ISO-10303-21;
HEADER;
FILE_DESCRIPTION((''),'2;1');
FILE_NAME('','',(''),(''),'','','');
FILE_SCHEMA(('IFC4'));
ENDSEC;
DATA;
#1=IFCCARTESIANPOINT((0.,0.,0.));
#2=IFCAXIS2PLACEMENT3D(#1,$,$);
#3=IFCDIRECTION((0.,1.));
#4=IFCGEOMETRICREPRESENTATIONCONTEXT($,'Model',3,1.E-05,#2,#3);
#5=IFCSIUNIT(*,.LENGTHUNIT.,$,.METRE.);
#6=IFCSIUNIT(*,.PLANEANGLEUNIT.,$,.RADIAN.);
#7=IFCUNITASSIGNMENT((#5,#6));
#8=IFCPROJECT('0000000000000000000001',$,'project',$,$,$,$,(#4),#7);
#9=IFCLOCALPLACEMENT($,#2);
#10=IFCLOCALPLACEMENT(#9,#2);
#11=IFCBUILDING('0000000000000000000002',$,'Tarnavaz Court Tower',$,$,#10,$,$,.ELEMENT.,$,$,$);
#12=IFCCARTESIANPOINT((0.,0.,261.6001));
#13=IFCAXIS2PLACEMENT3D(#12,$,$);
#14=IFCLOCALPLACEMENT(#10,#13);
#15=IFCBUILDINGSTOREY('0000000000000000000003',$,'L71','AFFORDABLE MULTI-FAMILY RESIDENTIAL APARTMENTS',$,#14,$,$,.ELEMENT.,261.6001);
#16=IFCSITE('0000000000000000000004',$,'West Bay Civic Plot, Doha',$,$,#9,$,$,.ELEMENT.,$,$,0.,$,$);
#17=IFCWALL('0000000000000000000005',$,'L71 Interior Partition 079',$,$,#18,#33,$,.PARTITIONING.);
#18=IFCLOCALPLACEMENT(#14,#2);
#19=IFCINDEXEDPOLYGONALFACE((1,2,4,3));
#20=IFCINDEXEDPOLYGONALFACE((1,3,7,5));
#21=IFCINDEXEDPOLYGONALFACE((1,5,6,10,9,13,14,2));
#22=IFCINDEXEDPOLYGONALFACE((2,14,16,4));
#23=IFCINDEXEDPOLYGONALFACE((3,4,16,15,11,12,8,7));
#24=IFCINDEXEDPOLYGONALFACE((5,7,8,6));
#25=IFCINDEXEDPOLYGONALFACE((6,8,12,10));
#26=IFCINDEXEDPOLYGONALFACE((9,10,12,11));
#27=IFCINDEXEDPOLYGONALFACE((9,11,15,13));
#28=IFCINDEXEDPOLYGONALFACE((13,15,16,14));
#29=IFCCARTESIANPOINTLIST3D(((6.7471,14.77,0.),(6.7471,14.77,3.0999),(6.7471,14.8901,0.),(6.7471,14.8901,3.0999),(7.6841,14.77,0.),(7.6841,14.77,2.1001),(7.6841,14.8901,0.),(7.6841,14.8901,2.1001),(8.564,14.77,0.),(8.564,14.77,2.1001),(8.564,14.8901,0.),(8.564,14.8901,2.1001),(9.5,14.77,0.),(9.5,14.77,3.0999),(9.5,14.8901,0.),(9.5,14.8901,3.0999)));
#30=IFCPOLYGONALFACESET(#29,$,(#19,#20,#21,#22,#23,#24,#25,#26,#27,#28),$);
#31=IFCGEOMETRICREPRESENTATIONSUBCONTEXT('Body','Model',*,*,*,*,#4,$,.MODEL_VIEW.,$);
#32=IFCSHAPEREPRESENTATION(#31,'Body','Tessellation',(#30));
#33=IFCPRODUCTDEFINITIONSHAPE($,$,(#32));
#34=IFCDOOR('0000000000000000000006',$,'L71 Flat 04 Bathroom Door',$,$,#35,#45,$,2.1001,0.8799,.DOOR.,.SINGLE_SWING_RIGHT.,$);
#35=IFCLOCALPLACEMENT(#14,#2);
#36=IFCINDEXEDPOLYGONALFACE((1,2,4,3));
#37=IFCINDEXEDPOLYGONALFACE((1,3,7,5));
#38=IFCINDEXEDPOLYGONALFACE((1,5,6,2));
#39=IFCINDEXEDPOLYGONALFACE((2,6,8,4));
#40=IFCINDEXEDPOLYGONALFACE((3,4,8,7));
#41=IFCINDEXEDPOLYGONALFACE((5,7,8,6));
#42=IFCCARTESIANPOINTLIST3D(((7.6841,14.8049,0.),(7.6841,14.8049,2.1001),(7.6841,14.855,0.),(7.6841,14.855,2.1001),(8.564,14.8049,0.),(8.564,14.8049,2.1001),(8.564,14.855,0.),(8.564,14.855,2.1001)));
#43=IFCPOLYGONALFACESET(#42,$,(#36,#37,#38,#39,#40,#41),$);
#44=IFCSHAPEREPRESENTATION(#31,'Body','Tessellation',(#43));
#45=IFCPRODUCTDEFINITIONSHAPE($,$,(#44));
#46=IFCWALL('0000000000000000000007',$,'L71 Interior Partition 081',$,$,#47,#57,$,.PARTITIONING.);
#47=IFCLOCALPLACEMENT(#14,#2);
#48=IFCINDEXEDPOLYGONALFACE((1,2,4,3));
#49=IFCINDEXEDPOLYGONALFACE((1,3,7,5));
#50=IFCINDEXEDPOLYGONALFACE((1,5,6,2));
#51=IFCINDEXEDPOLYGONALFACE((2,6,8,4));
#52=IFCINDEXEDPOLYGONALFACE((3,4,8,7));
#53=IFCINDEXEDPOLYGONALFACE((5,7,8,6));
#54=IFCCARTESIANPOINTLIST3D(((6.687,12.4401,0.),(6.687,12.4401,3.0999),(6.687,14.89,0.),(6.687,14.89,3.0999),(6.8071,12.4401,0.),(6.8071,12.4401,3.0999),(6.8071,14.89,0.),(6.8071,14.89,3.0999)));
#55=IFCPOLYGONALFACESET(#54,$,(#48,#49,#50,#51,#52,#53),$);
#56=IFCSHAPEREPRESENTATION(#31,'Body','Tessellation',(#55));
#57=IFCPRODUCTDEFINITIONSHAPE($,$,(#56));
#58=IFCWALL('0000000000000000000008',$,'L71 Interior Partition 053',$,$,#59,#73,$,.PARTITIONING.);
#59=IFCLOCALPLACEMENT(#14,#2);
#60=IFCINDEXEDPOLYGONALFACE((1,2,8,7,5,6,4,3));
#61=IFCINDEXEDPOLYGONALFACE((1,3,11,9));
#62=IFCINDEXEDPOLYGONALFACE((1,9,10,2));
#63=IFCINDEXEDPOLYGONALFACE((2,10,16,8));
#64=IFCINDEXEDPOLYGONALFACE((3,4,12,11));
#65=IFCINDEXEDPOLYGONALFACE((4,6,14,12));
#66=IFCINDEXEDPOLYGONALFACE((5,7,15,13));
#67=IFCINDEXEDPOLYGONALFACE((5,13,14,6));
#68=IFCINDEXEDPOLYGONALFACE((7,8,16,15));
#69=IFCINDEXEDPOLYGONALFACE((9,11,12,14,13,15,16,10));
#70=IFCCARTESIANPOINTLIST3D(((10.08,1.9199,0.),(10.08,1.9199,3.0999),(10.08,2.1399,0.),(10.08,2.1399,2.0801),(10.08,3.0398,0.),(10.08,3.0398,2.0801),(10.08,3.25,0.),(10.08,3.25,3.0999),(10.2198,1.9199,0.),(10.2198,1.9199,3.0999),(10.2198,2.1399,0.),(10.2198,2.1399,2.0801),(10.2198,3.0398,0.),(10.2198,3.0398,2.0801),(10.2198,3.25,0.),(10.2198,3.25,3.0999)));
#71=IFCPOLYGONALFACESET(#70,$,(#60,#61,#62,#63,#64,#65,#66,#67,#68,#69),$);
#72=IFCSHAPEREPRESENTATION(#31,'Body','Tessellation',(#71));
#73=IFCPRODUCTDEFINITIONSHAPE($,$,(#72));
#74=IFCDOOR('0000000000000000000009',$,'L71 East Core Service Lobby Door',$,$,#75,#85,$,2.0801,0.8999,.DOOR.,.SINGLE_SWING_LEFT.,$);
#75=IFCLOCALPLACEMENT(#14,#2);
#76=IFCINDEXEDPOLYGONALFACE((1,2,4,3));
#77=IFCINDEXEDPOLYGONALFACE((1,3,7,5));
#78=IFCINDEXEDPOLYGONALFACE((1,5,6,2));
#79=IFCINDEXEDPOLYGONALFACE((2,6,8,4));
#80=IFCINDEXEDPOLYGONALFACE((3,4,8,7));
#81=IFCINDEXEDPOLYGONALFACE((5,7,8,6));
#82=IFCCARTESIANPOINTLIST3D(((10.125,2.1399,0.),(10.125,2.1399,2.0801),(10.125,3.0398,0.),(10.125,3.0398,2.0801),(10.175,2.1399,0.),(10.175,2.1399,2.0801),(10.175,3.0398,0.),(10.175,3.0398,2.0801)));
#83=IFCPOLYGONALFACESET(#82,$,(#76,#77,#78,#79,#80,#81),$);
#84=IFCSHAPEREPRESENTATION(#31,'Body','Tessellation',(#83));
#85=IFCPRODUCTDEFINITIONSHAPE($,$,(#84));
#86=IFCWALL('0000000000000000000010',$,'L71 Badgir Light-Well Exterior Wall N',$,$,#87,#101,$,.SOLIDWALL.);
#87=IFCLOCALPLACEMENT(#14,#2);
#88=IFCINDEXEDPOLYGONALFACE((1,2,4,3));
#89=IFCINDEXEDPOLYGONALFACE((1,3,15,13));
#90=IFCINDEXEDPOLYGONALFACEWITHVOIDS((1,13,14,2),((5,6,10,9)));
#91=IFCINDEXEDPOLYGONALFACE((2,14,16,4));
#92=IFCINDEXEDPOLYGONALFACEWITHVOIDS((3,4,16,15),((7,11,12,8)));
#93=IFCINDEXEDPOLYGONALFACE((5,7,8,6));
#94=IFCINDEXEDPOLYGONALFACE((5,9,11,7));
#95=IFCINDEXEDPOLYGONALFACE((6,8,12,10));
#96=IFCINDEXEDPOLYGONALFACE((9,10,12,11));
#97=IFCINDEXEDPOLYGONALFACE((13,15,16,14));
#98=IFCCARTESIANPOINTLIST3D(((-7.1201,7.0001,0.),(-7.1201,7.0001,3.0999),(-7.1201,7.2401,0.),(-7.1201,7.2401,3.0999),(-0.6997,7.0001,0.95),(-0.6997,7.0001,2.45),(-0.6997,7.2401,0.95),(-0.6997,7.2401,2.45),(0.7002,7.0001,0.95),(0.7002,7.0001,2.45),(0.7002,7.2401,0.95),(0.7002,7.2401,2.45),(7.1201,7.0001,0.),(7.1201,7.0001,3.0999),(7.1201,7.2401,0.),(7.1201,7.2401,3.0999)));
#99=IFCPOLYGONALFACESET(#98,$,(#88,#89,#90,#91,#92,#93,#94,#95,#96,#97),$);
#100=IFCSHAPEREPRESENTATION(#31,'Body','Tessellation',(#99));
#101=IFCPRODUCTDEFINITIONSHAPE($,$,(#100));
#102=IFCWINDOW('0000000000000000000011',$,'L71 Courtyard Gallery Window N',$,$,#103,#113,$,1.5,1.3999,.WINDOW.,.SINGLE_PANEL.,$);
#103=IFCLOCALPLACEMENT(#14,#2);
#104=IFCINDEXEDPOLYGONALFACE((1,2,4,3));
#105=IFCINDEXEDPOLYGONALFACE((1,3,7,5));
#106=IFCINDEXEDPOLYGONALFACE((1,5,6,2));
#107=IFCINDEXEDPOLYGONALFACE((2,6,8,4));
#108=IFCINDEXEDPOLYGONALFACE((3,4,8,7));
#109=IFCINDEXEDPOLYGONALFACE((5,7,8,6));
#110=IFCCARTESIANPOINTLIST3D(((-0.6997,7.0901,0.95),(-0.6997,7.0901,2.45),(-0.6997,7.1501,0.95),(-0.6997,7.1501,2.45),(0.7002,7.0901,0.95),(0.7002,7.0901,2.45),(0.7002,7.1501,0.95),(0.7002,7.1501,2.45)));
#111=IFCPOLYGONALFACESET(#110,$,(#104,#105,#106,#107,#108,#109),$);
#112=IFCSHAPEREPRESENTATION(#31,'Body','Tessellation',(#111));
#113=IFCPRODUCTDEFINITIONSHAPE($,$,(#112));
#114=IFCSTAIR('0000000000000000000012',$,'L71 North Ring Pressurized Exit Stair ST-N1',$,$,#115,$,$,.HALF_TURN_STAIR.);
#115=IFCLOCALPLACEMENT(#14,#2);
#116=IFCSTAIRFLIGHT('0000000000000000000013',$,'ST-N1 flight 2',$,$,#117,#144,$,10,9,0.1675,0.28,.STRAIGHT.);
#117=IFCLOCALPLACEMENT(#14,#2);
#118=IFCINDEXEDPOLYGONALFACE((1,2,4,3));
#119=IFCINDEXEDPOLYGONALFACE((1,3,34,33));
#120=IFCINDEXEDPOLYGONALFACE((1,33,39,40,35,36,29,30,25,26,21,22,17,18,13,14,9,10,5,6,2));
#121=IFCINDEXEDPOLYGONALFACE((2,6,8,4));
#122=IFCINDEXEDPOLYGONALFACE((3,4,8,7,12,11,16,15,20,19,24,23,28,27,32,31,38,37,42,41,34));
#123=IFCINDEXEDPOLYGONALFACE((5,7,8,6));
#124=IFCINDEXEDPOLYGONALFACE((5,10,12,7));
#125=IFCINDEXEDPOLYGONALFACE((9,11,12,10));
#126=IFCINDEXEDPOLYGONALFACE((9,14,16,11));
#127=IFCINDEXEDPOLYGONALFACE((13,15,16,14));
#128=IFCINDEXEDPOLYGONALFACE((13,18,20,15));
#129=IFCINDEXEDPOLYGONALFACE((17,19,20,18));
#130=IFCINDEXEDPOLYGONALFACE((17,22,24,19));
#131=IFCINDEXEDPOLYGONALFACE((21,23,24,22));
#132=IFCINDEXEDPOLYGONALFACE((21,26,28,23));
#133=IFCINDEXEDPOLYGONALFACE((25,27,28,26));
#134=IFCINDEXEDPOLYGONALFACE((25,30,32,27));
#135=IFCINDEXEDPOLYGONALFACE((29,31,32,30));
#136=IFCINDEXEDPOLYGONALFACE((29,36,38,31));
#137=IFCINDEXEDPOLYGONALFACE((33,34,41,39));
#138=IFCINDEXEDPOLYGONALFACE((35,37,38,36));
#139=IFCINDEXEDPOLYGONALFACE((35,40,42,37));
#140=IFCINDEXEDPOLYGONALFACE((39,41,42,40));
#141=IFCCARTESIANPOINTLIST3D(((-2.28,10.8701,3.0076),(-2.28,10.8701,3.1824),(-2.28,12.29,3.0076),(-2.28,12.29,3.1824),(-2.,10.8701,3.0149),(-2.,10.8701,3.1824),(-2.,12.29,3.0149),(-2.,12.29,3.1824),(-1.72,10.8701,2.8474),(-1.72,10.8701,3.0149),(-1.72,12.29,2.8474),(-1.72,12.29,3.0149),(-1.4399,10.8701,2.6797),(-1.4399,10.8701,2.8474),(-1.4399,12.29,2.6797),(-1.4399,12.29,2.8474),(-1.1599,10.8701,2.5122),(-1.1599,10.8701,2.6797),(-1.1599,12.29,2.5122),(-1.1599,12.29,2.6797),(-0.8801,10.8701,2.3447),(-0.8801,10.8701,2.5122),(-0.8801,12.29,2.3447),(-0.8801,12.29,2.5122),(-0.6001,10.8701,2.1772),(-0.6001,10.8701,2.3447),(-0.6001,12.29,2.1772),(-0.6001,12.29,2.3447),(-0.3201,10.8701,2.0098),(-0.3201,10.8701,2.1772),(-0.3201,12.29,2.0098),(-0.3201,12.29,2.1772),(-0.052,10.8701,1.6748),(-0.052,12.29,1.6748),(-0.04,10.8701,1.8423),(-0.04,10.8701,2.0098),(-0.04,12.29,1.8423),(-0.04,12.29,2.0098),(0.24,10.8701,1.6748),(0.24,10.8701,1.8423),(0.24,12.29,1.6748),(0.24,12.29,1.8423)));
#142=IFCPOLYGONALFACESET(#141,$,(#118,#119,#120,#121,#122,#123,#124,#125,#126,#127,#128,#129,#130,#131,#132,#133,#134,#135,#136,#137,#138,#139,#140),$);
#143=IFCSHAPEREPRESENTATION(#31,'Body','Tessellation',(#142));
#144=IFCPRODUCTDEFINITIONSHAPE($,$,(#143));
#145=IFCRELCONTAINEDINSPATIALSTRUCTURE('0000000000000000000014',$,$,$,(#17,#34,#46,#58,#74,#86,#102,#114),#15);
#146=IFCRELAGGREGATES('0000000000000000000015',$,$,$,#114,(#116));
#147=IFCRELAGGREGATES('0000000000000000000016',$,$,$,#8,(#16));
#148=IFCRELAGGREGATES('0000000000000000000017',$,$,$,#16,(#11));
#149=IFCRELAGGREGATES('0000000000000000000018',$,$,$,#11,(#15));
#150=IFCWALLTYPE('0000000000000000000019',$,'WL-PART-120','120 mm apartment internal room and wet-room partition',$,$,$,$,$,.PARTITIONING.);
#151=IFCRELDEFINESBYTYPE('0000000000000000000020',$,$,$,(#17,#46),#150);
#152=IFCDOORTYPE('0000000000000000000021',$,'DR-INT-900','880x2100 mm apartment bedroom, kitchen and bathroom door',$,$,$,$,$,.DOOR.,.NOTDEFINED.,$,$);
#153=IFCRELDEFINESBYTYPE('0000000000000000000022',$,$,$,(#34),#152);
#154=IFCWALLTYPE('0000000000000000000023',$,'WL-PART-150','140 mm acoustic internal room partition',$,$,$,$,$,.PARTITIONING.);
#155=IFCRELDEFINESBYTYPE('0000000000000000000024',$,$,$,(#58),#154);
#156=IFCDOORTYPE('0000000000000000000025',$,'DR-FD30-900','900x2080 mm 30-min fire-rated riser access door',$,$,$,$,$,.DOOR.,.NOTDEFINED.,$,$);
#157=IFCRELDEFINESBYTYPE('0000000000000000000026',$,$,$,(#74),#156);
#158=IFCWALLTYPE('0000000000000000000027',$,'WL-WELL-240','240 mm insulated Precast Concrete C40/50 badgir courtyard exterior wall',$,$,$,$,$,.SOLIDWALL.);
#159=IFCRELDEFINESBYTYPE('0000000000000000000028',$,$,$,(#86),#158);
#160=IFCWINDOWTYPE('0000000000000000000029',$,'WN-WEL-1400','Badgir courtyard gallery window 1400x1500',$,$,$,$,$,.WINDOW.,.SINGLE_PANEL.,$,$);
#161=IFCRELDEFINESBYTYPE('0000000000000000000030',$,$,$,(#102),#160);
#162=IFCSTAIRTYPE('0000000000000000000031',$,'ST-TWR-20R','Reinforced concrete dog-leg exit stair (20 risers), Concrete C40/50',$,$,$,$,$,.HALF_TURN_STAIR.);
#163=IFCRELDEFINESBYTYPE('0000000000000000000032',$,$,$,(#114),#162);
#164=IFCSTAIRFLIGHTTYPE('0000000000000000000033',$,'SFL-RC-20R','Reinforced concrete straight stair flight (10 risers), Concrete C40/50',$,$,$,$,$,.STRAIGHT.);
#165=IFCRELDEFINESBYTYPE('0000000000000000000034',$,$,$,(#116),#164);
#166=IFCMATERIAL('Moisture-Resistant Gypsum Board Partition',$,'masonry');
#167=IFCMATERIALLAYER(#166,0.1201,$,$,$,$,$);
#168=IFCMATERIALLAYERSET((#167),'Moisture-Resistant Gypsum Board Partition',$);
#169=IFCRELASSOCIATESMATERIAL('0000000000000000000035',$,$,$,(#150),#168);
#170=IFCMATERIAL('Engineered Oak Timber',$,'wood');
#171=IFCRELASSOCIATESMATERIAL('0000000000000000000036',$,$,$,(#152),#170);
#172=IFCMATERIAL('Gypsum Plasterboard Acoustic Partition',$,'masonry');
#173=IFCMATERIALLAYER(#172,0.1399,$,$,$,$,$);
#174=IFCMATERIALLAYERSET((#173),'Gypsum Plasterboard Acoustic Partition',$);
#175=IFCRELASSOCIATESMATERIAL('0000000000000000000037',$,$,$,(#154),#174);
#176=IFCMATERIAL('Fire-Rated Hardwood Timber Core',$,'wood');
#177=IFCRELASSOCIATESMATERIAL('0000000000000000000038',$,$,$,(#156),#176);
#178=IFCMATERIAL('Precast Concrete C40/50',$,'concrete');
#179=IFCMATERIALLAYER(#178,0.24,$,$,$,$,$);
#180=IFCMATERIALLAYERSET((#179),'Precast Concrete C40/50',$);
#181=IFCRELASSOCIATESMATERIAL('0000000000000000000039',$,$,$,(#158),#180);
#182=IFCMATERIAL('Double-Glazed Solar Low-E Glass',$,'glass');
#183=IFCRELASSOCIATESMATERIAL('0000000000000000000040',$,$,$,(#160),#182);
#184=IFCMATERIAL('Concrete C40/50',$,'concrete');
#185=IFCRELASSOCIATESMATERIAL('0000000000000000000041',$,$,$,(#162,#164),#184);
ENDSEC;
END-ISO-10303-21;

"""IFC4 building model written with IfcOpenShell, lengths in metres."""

from ifc_helpers import new_model, si_unit, direction, frame, frame_2d, origin, place, context, subcontext, project, spatial, polyline, rectangle, outline, extrude, material, layer, layer_set, type_object, element, fill, aggregate, save


model = new_model("IFC4")

# Units and contexts
model_context = context("Model", 3, precision=1e-05, world=origin(), true_north=direction((0.0, 1.0)))
body_context = subcontext(model_context, "Body", "Model", "MODEL_VIEW")
ifc_project = project(units=[si_unit("LENGTHUNIT", "METRE"), si_unit("PLANEANGLEUNIT", "RADIAN")], contexts=[model_context])

# Site, building, storey
site_placement = place(None, origin())
site = spatial("IfcSite", under=ifc_project, at=site_placement, Name="West Bay Civic Plot, Doha", CompositionType="ELEMENT", RefElevation=0.0)
building_placement = place(site_placement, origin())
building = spatial("IfcBuilding", under=site, at=building_placement, Name="Tarnavaz Court Tower", CompositionType="ELEMENT")
storey_placement = place(building_placement, frame((0.0, 0.0, 261.6001)))
storey = spatial("IfcBuildingStorey", under=building, at=storey_placement, Name="L71", Description="AFFORDABLE MULTI-FAMILY RESIDENTIAL APARTMENTS", CompositionType="ELEMENT", Elevation=261.6001)

# Shared definitions
ifc_material_1 = material(Name="Fire-Rated Hardwood Timber Core", Category="wood")

# Wall, opening, door
ifc_material_2 = material(Name="Moisture-Resistant Gypsum Board Partition", Category="masonry")
ifc_layer_1 = layer(ifc_material_2, 0.1201)
ifc_layer_set_1 = layer_set([ifc_layer_1], Name="Moisture-Resistant Gypsum Board Partition")
wall_type_1 = type_object("IfcWallType", Name="WL-PART-120", Description="120 mm apartment internal room and wet-room partition", PredefinedType="PARTITIONING", material=ifc_layer_set_1)
ifc_material_3 = material(Name="Engineered Oak Timber", Category="wood")
door_type_1 = type_object("IfcDoorType", Name="DR-INT-900", Description="880x2100 mm apartment bedroom, kitchen and bathroom door", OperationType="NOTDEFINED", PredefinedType="DOOR", material=ifc_material_3)
wall_1_placement = place(storey_placement, frame((6.7471, 14.8301, 0.0), z_axis=(0.0, 0.0, 1.0), x_axis=(1.0, 0.0, 0.0)))
wall_1 = element("IfcWall", 1, at=wall_1_placement, inside=storey, type_object=wall_type_1, Name="L71 Interior Partition 079", PredefinedType="PARTITIONING", context=body_context, shape_type="SweptSolid", body=[
    extrude(rectangle(XDim=2.7529, YDim=0.1201, at=frame_2d((1.3765, 0.0))), origin(), (0.0, 0.0, 1.0), 3.0999),
])
opening_1_placement = place(wall_1_placement, frame((0.937, 0.0, 0.0)))
opening_1 = element("IfcOpeningElement", 2, at=opening_1_placement, cuts=wall_1, PredefinedType="OPENING", context=body_context, shape_type="SweptSolid", body=[
    extrude(rectangle(XDim=0.8799, YDim=2.1001, at=frame_2d((0.4399, 1.05))), frame((0.0, 0.0701, 0.0), z_axis=(0.0, -1.0, 0.0), x_axis=(1.0, 0.0, 0.0)), (0.0, 0.0, 1.0), 0.1401),
])
door_1_placement = place(opening_1_placement, origin())
door_1 = element("IfcDoor", 3, at=door_1_placement, inside=storey, type_object=door_type_1, Name="L71 Flat 04 Bathroom Door", OperationType="SINGLE_SWING_RIGHT", OverallHeight=2.1001, OverallWidth=0.8799, PredefinedType="DOOR", context=body_context, shape_type="SweptSolid", body=[
    extrude(rectangle(XDim=0.8799, YDim=2.1001, at=frame_2d((0.4399, 1.05))), frame((0.0, 0.0249, 0.0), z_axis=(0.0, -1.0, 0.0), x_axis=(1.0, 0.0, 0.0)), (0.0, 0.0, 1.0), 0.05),
])
fill(opening_1, door_1)

# Wall
wall_2_placement = place(storey_placement, frame((6.7471, 12.4399, 0.0), z_axis=(0.0, 0.0, 1.0), x_axis=(0.0, 1.0, 0.0)))
element("IfcWall", 4, at=wall_2_placement, inside=storey, type_object=wall_type_1, Name="L71 Interior Partition 081", PredefinedType="PARTITIONING", context=body_context, shape_type="SweptSolid", body=[
    extrude(rectangle(XDim=2.45, YDim=0.1201, at=frame_2d((1.2251, 0.0))), origin(), (0.0, 0.0, 1.0), 3.0999),
])

# Wall, opening, door
ifc_material_4 = material(Name="Gypsum Plasterboard Acoustic Partition", Category="masonry")
ifc_layer_2 = layer(ifc_material_4, 0.1399)
ifc_layer_set_2 = layer_set([ifc_layer_2], Name="Gypsum Plasterboard Acoustic Partition")
wall_type_2 = type_object("IfcWallType", Name="WL-PART-150", Description="140 mm acoustic internal room partition", PredefinedType="PARTITIONING", material=ifc_layer_set_2)
wall_3_placement = place(storey_placement, frame((10.1499, 1.9199, 0.0), z_axis=(0.0, 0.0, 1.0), x_axis=(0.0, 1.0, 0.0)))
wall_3 = element("IfcWall", 5, at=wall_3_placement, inside=storey, type_object=wall_type_2, Name="L71 Interior Partition 053", PredefinedType="PARTITIONING", context=body_context, shape_type="SweptSolid", body=[
    extrude(rectangle(XDim=1.3301, YDim=0.1399, at=frame_2d((0.665, 0.0))), origin(), (0.0, 0.0, 1.0), 3.0999),
])
opening_2_placement = place(wall_3_placement, frame((0.22, 0.0, 0.0)))
opening_2 = element("IfcOpeningElement", 6, at=opening_2_placement, cuts=wall_3, PredefinedType="OPENING", context=body_context, shape_type="SweptSolid", body=[
    extrude(rectangle(XDim=0.8999, YDim=2.0801, at=frame_2d((0.45, 1.04))), frame((0.0, 0.0798, 0.0), z_axis=(0.0, -1.0, 0.0), x_axis=(1.0, 0.0, 0.0)), (0.0, 0.0, 1.0), 0.1599),
])
door_type_2 = type_object("IfcDoorType", Name="DR-FD30-900", Description="900x2080 mm 30-min fire-rated riser access door", OperationType="NOTDEFINED", PredefinedType="DOOR", material=ifc_material_1)
door_2_placement = place(opening_2_placement, origin())
door_2 = element("IfcDoor", 7, at=door_2_placement, inside=storey, type_object=door_type_2, Name="L71 East Core Service Lobby Door", OperationType="SINGLE_SWING_LEFT", OverallHeight=2.0801, OverallWidth=0.8999, PredefinedType="DOOR", context=body_context, shape_type="SweptSolid", body=[
    extrude(rectangle(XDim=0.8999, YDim=2.0801, at=frame_2d((0.45, 1.04))), frame((0.0, 0.0249, 0.0), z_axis=(0.0, -1.0, 0.0), x_axis=(1.0, 0.0, 0.0)), (0.0, 0.0, 1.0), 0.05),
])
fill(opening_2, door_2)

# Wall, opening, window
ifc_material_5 = material(Name="Precast Concrete C40/50", Category="concrete")
ifc_layer_3 = layer(ifc_material_5, 0.24)
ifc_layer_set_3 = layer_set([ifc_layer_3], Name="Precast Concrete C40/50")
wall_type_3 = type_object("IfcWallType", Name="WL-WELL-240", Description="240 mm insulated Precast Concrete C40/50 badgir courtyard exterior wall", PredefinedType="SOLIDWALL", material=ifc_layer_set_3)
wall_4_placement = place(storey_placement, frame((7.1201, 7.1201, 0.0), z_axis=(0.0, 0.0, 1.0), x_axis=(-1.0, 0.0, 0.0)))
wall_4 = element("IfcWall", 8, at=wall_4_placement, inside=storey, type_object=wall_type_3, Name="L71 Badgir Light-Well Exterior Wall N", PredefinedType="SOLIDWALL", context=body_context, shape_type="SweptSolid", body=[
    extrude(rectangle(XDim=14.2402, YDim=0.24, at=frame_2d((7.1201, 0.0))), origin(), (0.0, 0.0, 1.0), 3.0999),
])
opening_3_placement = place(wall_4_placement, frame((6.4199, 0.0, 0.95)))
opening_3 = element("IfcOpeningElement", 9, at=opening_3_placement, cuts=wall_4, PredefinedType="OPENING", context=body_context, shape_type="SweptSolid", body=[
    extrude(rectangle(XDim=1.3999, YDim=1.5, at=frame_2d((0.7, 0.75))), frame((0.0, 0.1299, 0.0), z_axis=(0.0, -1.0, 0.0), x_axis=(1.0, 0.0, 0.0)), (0.0, 0.0, 1.0), 0.26),
])
ifc_material_6 = material(Name="Double-Glazed Solar Low-E Glass", Category="glass")
window_type = type_object("IfcWindowType", Name="WN-WEL-1400", Description="Badgir courtyard gallery window 1400x1500", PartitioningType="SINGLE_PANEL", PredefinedType="WINDOW", material=ifc_material_6)
window_placement = place(opening_3_placement, origin())
window = element("IfcWindow", 10, at=window_placement, inside=storey, type_object=window_type, Name="L71 Courtyard Gallery Window N", OverallHeight=1.5, OverallWidth=1.3999, PartitioningType="SINGLE_PANEL", PredefinedType="WINDOW", context=body_context, shape_type="SweptSolid", body=[
    extrude(rectangle(XDim=1.3999, YDim=1.5, at=frame_2d((0.7, 0.75))), frame((0.0, 0.03, 0.0), z_axis=(0.0, -1.0, 0.0), x_axis=(1.0, 0.0, 0.0)), (0.0, 0.0, 1.0), 0.0601),
])
fill(opening_3, window)

# Stair, stair flight
ifc_material_7 = material(Name="Concrete C40/50", Category="concrete")
stair_type = type_object("IfcStairType", Name="ST-TWR-20R", Description="Reinforced concrete dog-leg exit stair (20 risers), Concrete C40/50", PredefinedType="HALF_TURN_STAIR", material=ifc_material_7)
stair_placement = place(storey_placement, origin())
stair = element("IfcStair", 11, at=stair_placement, inside=storey, type_object=stair_type, Name="L71 North Ring Pressurized Exit Stair ST-N1", PredefinedType="HALF_TURN_STAIR")
stair_flight_type = type_object("IfcStairFlightType", Name="SFL-RC-20R", Description="Reinforced concrete straight stair flight (10 risers), Concrete C40/50", PredefinedType="STRAIGHT", material=ifc_material_7)
stair_flight_placement = place(storey_placement, frame((0.24, 11.5801, 1.6748), z_axis=(0.0, 0.0, 1.0), x_axis=(-1.0, 0.0, 0.0)))
stair_flight = element("IfcStairFlight", 12, at=stair_flight_placement, type_object=stair_flight_type, Name="ST-N1 flight 2", NumberOfRisers=10, NumberOfTreads=9, PredefinedType="STRAIGHT", RiserHeight=0.1675, TreadLength=0.28, context=body_context, shape_type="SweptSolid", body=[
    extrude(outline(polyline([(0.0, 0.0), (0.0, 0.1675), (0.28, 0.1675), (0.28, 0.335), (0.5601, 0.335), (0.5601, 0.5024), (0.8401, 0.5024), (0.8401, 0.6699), (1.1201, 0.6699), (1.1201, 0.8374), (1.3999, 0.8374), (1.3999, 1.0049), (1.6799, 1.0049), (1.6799, 1.1726), (1.96, 1.1726), (1.96, 1.3401), (2.24, 1.3401), (2.24, 1.5076), (2.52, 1.5076), (2.52, 1.675), (2.52, 1.3328), (0.292, 0.0), (0.0, 0.0)])), frame((0.0, 0.71, 0.0), z_axis=(0.0, -1.0, 0.0), x_axis=(1.0, 0.0, 0.0)), (0.0, 0.0, 1.0), 1.4199),
])
aggregate(stair, [stair_flight])

save(model, "model.ifc")
